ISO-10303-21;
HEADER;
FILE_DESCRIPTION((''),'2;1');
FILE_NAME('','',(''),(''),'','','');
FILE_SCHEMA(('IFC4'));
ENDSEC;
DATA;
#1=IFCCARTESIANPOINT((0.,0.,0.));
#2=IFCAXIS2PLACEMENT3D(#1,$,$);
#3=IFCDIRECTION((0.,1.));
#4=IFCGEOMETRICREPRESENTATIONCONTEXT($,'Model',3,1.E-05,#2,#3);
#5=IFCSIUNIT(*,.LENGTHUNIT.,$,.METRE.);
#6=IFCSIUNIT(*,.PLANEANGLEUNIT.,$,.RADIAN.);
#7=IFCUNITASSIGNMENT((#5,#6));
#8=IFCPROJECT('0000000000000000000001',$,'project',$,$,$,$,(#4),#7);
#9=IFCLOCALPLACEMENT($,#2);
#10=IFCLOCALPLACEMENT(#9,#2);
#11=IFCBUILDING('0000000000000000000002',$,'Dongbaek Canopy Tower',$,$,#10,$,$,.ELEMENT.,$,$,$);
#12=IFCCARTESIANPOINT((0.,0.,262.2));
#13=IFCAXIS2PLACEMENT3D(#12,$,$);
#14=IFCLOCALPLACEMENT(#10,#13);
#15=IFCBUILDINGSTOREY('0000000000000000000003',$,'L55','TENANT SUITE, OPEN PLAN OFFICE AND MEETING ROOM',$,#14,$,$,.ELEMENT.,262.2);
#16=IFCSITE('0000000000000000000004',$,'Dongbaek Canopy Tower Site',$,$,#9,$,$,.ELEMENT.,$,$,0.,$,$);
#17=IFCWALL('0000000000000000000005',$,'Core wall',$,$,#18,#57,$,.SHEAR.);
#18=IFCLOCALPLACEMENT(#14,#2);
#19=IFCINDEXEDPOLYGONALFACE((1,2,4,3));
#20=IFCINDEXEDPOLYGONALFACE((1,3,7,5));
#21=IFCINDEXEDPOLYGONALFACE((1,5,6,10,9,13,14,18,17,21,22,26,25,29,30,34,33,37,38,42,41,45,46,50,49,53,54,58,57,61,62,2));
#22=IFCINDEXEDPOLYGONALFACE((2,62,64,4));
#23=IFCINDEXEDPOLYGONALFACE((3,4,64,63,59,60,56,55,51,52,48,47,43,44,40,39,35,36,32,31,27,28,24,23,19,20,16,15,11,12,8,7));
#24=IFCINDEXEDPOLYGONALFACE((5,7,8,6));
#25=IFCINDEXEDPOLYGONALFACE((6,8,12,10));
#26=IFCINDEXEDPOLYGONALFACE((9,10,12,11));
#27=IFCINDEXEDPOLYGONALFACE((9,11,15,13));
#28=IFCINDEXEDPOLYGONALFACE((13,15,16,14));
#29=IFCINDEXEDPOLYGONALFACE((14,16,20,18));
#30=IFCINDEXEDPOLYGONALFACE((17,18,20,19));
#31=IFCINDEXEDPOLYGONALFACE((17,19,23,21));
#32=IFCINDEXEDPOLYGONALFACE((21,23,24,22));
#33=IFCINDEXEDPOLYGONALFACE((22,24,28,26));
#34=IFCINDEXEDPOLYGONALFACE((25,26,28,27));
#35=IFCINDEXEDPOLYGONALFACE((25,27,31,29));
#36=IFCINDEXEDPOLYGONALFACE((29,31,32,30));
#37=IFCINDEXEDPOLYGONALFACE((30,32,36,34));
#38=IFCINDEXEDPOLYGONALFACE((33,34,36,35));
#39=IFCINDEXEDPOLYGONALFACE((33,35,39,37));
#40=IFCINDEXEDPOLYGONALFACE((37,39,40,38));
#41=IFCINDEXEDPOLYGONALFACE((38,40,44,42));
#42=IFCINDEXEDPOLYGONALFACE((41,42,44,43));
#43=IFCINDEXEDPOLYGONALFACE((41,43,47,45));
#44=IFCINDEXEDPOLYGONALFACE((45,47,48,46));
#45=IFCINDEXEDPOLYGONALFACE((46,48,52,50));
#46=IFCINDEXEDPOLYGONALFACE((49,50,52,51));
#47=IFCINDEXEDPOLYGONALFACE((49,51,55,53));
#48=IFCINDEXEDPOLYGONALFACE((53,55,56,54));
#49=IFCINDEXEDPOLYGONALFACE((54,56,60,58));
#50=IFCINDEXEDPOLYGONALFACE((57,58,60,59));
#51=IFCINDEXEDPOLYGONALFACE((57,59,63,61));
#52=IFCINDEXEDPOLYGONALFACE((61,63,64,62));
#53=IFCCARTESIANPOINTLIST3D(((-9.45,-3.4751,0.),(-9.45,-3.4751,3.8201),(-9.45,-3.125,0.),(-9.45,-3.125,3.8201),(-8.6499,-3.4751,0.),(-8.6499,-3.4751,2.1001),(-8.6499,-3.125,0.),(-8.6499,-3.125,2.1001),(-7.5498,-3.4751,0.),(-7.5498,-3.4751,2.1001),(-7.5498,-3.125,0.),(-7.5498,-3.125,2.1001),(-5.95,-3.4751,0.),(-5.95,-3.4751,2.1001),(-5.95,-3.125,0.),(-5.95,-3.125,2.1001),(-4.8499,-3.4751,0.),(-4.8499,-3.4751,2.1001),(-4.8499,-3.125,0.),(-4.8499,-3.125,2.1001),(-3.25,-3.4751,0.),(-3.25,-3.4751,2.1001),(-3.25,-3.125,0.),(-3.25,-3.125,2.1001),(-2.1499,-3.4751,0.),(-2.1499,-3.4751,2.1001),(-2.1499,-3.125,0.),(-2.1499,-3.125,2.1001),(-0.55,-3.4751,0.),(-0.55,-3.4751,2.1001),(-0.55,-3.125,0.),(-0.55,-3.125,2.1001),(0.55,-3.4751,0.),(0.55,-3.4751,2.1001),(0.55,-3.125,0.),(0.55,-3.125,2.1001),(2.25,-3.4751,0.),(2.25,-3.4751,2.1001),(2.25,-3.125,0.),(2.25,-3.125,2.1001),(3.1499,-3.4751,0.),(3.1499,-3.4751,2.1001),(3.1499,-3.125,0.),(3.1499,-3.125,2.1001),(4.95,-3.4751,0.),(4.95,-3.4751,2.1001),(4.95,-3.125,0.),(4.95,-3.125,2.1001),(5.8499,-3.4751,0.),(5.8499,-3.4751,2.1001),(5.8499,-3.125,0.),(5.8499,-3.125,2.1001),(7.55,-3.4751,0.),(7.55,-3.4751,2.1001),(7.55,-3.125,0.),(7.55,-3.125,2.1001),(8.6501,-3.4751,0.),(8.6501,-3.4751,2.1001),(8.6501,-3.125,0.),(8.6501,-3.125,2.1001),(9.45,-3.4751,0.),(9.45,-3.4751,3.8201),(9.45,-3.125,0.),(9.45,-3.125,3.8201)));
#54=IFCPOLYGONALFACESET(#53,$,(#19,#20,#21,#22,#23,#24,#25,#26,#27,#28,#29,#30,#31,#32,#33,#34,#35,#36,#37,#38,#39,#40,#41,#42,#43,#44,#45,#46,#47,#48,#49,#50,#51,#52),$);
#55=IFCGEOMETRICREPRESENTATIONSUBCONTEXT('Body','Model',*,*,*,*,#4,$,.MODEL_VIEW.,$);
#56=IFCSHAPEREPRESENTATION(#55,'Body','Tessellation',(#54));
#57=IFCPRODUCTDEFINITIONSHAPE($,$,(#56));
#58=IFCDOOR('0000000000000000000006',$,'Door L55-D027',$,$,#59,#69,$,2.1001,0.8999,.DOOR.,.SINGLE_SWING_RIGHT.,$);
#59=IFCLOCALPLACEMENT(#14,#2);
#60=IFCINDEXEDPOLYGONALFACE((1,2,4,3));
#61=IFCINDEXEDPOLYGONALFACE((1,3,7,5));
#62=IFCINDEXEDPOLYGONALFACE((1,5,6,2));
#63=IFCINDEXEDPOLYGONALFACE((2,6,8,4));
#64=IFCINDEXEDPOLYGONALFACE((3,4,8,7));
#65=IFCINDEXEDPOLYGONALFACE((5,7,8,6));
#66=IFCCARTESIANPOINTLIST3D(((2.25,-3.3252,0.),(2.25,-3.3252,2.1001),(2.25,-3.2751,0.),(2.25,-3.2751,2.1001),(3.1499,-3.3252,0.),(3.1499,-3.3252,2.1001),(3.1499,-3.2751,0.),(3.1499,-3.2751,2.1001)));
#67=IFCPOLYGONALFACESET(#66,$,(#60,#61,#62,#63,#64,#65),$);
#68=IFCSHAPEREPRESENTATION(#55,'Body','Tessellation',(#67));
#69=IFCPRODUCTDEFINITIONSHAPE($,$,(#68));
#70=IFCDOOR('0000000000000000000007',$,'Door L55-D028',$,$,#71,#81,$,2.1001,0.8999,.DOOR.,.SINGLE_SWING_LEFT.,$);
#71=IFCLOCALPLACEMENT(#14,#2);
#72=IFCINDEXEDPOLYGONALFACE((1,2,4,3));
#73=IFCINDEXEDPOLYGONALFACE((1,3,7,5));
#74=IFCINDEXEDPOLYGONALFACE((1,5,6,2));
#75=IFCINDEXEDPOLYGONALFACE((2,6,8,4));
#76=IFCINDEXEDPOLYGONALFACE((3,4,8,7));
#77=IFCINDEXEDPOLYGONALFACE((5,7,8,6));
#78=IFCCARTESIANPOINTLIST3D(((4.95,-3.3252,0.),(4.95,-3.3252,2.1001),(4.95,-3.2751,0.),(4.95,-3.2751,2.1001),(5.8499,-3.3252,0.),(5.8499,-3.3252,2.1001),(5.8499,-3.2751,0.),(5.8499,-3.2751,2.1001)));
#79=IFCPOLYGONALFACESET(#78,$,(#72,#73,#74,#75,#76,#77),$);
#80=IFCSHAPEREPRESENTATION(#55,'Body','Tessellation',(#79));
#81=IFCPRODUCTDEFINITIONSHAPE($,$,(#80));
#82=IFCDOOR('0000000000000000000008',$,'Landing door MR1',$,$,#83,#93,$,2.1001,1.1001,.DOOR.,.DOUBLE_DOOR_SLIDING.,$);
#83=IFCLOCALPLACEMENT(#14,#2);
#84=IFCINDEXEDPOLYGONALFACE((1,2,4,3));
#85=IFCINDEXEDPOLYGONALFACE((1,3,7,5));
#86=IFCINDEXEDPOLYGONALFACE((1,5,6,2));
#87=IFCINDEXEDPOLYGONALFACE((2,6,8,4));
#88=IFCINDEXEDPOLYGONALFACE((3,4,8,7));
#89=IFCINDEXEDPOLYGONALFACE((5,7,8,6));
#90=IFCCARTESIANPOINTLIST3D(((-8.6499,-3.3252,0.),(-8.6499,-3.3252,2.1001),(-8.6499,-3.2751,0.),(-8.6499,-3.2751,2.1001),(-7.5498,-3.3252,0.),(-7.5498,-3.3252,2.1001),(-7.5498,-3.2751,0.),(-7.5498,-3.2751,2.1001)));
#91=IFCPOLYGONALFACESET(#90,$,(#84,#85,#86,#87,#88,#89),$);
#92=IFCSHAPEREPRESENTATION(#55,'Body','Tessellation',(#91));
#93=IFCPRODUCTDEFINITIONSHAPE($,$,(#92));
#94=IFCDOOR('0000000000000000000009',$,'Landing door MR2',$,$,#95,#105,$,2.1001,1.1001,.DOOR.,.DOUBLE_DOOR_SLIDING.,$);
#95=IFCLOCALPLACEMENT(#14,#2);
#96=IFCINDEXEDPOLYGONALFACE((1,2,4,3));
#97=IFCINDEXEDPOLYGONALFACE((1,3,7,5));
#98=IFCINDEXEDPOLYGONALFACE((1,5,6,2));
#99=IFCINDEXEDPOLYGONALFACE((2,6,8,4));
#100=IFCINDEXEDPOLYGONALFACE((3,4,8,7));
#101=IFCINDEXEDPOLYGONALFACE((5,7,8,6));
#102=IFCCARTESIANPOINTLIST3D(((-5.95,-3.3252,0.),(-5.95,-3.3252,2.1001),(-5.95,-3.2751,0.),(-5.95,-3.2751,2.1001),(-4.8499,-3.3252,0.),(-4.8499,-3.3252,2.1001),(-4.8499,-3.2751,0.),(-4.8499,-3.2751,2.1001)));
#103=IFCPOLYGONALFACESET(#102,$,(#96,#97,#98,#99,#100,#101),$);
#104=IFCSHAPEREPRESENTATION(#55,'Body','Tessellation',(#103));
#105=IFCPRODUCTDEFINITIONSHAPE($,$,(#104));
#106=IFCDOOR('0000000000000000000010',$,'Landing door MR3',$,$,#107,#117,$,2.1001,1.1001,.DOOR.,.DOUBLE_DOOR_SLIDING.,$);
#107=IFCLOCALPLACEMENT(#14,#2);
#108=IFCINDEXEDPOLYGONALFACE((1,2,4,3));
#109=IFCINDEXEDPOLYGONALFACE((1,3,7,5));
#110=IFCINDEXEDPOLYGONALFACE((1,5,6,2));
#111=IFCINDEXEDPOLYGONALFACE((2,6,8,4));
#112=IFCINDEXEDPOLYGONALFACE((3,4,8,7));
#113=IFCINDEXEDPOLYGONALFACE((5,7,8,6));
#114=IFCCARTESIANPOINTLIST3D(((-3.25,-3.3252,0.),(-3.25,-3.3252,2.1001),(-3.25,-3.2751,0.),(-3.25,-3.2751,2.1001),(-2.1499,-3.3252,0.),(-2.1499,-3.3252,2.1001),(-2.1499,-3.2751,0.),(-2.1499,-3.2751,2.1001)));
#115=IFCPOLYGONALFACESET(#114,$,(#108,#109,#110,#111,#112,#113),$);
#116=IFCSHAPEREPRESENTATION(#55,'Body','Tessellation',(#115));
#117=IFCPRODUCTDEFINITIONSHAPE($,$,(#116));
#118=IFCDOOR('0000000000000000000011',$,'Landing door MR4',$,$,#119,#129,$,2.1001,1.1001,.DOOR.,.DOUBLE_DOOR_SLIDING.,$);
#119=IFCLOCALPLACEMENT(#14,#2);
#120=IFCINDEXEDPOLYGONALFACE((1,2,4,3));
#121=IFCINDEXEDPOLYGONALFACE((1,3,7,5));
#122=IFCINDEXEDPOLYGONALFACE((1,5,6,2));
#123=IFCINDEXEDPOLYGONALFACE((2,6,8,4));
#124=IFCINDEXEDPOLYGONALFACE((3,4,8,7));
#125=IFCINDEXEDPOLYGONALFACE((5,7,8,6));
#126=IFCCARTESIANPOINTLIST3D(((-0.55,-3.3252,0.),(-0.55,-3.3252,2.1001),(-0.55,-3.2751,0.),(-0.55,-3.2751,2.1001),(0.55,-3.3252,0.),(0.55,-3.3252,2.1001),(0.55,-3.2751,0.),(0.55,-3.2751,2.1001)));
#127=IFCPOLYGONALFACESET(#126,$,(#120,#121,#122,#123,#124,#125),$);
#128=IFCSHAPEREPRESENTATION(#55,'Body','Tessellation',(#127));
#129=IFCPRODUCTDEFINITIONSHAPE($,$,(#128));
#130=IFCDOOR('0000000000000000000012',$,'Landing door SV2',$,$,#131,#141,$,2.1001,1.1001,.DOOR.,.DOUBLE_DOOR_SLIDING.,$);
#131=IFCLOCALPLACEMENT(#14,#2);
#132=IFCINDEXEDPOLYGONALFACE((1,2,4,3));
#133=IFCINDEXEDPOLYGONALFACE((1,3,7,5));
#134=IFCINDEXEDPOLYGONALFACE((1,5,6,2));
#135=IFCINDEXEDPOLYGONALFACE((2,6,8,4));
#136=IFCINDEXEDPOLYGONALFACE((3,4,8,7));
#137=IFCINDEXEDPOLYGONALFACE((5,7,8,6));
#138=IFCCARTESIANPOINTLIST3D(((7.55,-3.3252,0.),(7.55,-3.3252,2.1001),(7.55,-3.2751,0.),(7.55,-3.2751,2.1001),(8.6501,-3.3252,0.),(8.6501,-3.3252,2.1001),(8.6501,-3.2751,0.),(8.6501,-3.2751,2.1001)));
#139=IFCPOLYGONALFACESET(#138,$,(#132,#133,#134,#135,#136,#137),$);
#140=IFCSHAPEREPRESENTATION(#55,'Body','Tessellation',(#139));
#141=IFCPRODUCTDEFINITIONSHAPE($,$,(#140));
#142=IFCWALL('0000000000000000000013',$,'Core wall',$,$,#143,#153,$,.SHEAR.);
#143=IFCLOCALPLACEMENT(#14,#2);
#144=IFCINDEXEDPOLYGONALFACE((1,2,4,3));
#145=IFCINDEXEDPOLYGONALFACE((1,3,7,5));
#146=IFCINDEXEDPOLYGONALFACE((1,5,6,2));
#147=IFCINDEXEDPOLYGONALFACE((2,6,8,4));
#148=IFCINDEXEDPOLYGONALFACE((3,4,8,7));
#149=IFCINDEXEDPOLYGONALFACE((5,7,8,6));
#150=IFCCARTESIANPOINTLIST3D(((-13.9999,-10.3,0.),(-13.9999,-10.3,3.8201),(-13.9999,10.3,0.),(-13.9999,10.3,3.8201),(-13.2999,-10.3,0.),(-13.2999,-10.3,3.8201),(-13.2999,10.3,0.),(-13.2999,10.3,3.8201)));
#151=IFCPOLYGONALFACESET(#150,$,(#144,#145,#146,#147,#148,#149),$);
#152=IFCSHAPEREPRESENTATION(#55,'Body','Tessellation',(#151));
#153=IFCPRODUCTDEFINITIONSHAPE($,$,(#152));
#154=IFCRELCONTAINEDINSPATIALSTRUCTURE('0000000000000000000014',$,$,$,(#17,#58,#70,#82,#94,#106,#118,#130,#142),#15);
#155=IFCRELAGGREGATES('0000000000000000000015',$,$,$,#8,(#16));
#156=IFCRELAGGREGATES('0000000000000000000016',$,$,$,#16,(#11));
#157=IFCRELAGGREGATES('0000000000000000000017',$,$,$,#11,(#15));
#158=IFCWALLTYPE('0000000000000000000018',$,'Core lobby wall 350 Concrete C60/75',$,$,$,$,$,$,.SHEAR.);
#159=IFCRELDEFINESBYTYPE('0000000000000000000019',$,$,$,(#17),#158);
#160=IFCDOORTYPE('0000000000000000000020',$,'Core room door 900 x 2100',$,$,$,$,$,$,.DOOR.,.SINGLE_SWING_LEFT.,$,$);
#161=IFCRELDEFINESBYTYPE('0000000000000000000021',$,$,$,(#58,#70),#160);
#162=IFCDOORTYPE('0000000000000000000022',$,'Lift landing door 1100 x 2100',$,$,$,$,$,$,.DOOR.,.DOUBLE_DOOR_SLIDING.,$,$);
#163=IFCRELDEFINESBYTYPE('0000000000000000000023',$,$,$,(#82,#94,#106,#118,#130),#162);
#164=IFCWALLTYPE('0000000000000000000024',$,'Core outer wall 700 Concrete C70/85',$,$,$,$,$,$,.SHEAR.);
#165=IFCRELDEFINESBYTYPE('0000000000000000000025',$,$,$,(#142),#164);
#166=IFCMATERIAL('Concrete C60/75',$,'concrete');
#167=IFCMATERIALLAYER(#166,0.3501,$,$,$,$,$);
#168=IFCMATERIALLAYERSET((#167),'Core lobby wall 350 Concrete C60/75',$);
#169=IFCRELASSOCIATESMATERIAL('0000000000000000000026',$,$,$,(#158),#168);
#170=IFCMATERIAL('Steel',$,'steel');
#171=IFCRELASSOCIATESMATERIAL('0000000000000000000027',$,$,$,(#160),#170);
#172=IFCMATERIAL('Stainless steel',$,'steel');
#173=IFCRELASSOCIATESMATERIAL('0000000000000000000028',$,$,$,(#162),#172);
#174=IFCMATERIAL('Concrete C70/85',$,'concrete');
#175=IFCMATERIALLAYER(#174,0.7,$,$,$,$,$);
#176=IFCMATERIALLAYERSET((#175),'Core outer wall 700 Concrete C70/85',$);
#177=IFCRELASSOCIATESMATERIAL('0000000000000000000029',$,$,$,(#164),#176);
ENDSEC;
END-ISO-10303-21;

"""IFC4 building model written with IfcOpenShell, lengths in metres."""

from ifc_helpers import new_model, si_unit, direction, frame, frame_2d, origin, place, context, subcontext, project, spatial, rectangle, extrude, material, layer, layer_set, type_object, element, fill, save


model = new_model("IFC4")

# Units and contexts
model_context = context("Model", 3, precision=1e-05, world=origin(), true_north=direction((0.0, 1.0)))
body_context = subcontext(model_context, "Body", "Model", "MODEL_VIEW")
ifc_project = project(units=[si_unit("LENGTHUNIT", "METRE"), si_unit("PLANEANGLEUNIT", "RADIAN")], contexts=[model_context])

# Site, building, storey
site_placement = place(None, origin())
site = spatial("IfcSite", under=ifc_project, at=site_placement, Name="Dongbaek Canopy Tower Site", CompositionType="ELEMENT", RefElevation=0.0)
building_placement = place(site_placement, origin())
building = spatial("IfcBuilding", under=site, at=building_placement, Name="Dongbaek Canopy Tower", CompositionType="ELEMENT")
storey_placement = place(building_placement, frame((0.0, 0.0, 262.2)))
storey = spatial("IfcBuildingStorey", under=building, at=storey_placement, Name="L55", Description="TENANT SUITE, OPEN PLAN OFFICE AND MEETING ROOM", CompositionType="ELEMENT", Elevation=262.2)

# Wall, openings, doors
ifc_material_1 = material(Name="Concrete C60/75", Category="concrete")
ifc_layer_1 = layer(ifc_material_1, 0.3501)
ifc_layer_set_1 = layer_set([ifc_layer_1], Name="Core lobby wall 350 Concrete C60/75")
wall_type_1 = type_object("IfcWallType", Name="Core lobby wall 350 Concrete C60/75", PredefinedType="SHEAR", material=ifc_layer_set_1)
wall_1_placement = place(storey_placement, frame((-9.45, -3.3, 0.0), z_axis=(0.0, 0.0, 1.0), x_axis=(1.0, 0.0, 0.0)))
wall_1 = element("IfcWall", 1, at=wall_1_placement, inside=storey, type_object=wall_type_1, Name="Core wall", PredefinedType="SHEAR", context=body_context, shape_type="SweptSolid", body=[
    extrude(rectangle(XDim=18.8999, YDim=0.3501, at=frame_2d((9.45, 0.0))), origin(), (0.0, 0.0, 1.0), 3.8201),
])
opening_1_placement = place(wall_1_placement, frame((0.8, 0.0, 0.0)))
opening_1 = element("IfcOpeningElement", 2, at=opening_1_placement, cuts=wall_1, PredefinedType="OPENING", context=body_context, shape_type="SweptSolid", body=[
    extrude(rectangle(XDim=1.1001, YDim=2.1001, at=frame_2d((0.55, 1.05))), frame((0.0, 0.1851, 0.0), z_axis=(0.0, -1.0, 0.0), x_axis=(1.0, 0.0, 0.0)), (0.0, 0.0, 1.0), 0.3701),
])
opening_2_placement = place(wall_1_placement, frame((3.5, 0.0, 0.0)))
opening_2 = element("IfcOpeningElement", 3, at=opening_2_placement, cuts=wall_1, PredefinedType="OPENING", context=body_context, shape_type="SweptSolid", body=[
    extrude(rectangle(XDim=1.1001, YDim=2.1001, at=frame_2d((0.55, 1.05))), frame((0.0, 0.1851, 0.0), z_axis=(0.0, -1.0, 0.0), x_axis=(1.0, 0.0, 0.0)), (0.0, 0.0, 1.0), 0.3701),
])
opening_3_placement = place(wall_1_placement, frame((6.2, 0.0, 0.0)))
opening_3 = element("IfcOpeningElement", 4, at=opening_3_placement, cuts=wall_1, PredefinedType="OPENING", context=body_context, shape_type="SweptSolid", body=[
    extrude(rectangle(XDim=1.1001, YDim=2.1001, at=frame_2d((0.55, 1.05))), frame((0.0, 0.1851, 0.0), z_axis=(0.0, -1.0, 0.0), x_axis=(1.0, 0.0, 0.0)), (0.0, 0.0, 1.0), 0.3701),
])
opening_4_placement = place(wall_1_placement, frame((8.8999, 0.0, 0.0)))
opening_4 = element("IfcOpeningElement", 5, at=opening_4_placement, cuts=wall_1, PredefinedType="OPENING", context=body_context, shape_type="SweptSolid", body=[
    extrude(rectangle(XDim=1.1001, YDim=2.1001, at=frame_2d((0.55, 1.05))), frame((0.0, 0.1851, 0.0), z_axis=(0.0, -1.0, 0.0), x_axis=(1.0, 0.0, 0.0)), (0.0, 0.0, 1.0), 0.3701),
])
opening_5_placement = place(wall_1_placement, frame((17.0, 0.0, 0.0)))
opening_5 = element("IfcOpeningElement", 6, at=opening_5_placement, cuts=wall_1, PredefinedType="OPENING", context=body_context, shape_type="SweptSolid", body=[
    extrude(rectangle(XDim=1.1001, YDim=2.1001, at=frame_2d((0.55, 1.05))), frame((0.0, 0.1851, 0.0), z_axis=(0.0, -1.0, 0.0), x_axis=(1.0, 0.0, 0.0)), (0.0, 0.0, 1.0), 0.3701),
])
opening_6_placement = place(wall_1_placement, frame((11.7, 0.0, 0.0)))
opening_6 = element("IfcOpeningElement", 7, at=opening_6_placement, cuts=wall_1, PredefinedType="OPENING", context=body_context, shape_type="SweptSolid", body=[
    extrude(rectangle(XDim=0.8999, YDim=2.1001, at=frame_2d((0.45, 1.05))), frame((0.0, 0.1851, 0.0), z_axis=(0.0, -1.0, 0.0), x_axis=(1.0, 0.0, 0.0)), (0.0, 0.0, 1.0), 0.3701),
])
opening_7_placement = place(wall_1_placement, frame((14.3999, 0.0, 0.0)))
opening_7 = element("IfcOpeningElement", 8, at=opening_7_placement, cuts=wall_1, PredefinedType="OPENING", context=body_context, shape_type="SweptSolid", body=[
    extrude(rectangle(XDim=0.8999, YDim=2.1001, at=frame_2d((0.45, 1.05))), frame((0.0, 0.1851, 0.0), z_axis=(0.0, -1.0, 0.0), x_axis=(1.0, 0.0, 0.0)), (0.0, 0.0, 1.0), 0.3701),
])
ifc_material_2 = material(Name="Steel", Category="steel")
door_type_1 = type_object("IfcDoorType", Name="Core room door 900 x 2100", OperationType="SINGLE_SWING_LEFT", PredefinedType="DOOR", material=ifc_material_2)
door_1_placement = place(opening_6_placement, origin())
door_1 = element("IfcDoor", 9, at=door_1_placement, inside=storey, type_object=door_type_1, Name="Door L55-D027", OperationType="SINGLE_SWING_RIGHT", OverallHeight=2.1001, OverallWidth=0.8999, PredefinedType="DOOR", context=body_context, shape_type="SweptSolid", body=[
    extrude(rectangle(XDim=0.8999, YDim=2.1001, at=frame_2d((0.45, 1.05))), frame((0.0, 0.0249, 0.0), z_axis=(0.0, -1.0, 0.0), x_axis=(1.0, 0.0, 0.0)), (0.0, 0.0, 1.0), 0.05),
])
fill(opening_6, door_1)
door_2_placement = place(opening_7_placement, origin())
door_2 = element("IfcDoor", 10, at=door_2_placement, inside=storey, type_object=door_type_1, Name="Door L55-D028", OperationType="SINGLE_SWING_LEFT", OverallHeight=2.1001, OverallWidth=0.8999, PredefinedType="DOOR", context=body_context, shape_type="SweptSolid", body=[
    extrude(rectangle(XDim=0.8999, YDim=2.1001, at=frame_2d((0.45, 1.05))), frame((0.0, 0.0249, 0.0), z_axis=(0.0, -1.0, 0.0), x_axis=(1.0, 0.0, 0.0)), (0.0, 0.0, 1.0), 0.05),
])
fill(opening_7, door_2)
ifc_material_3 = material(Name="Stainless steel", Category="steel")
door_type_2 = type_object("IfcDoorType", Name="Lift landing door 1100 x 2100", OperationType="DOUBLE_DOOR_SLIDING", PredefinedType="DOOR", material=ifc_material_3)
door_3_placement = place(opening_1_placement, origin())
door_3 = element("IfcDoor", 11, at=door_3_placement, inside=storey, type_object=door_type_2, Name="Landing door MR1", OperationType="DOUBLE_DOOR_SLIDING", OverallHeight=2.1001, OverallWidth=1.1001, PredefinedType="DOOR", context=body_context, shape_type="SweptSolid", body=[
    extrude(rectangle(XDim=1.1001, YDim=2.1001, at=frame_2d((0.55, 1.05))), frame((0.0, 0.0249, 0.0), z_axis=(0.0, -1.0, 0.0), x_axis=(1.0, 0.0, 0.0)), (0.0, 0.0, 1.0), 0.05),
])
fill(opening_1, door_3)
door_4_placement = place(opening_2_placement, origin())
door_4 = element("IfcDoor", 12, at=door_4_placement, inside=storey, type_object=door_type_2, Name="Landing door MR2", OperationType="DOUBLE_DOOR_SLIDING", OverallHeight=2.1001, OverallWidth=1.1001, PredefinedType="DOOR", context=body_context, shape_type="SweptSolid", body=[
    extrude(rectangle(XDim=1.1001, YDim=2.1001, at=frame_2d((0.55, 1.05))), frame((0.0, 0.0249, 0.0), z_axis=(0.0, -1.0, 0.0), x_axis=(1.0, 0.0, 0.0)), (0.0, 0.0, 1.0), 0.05),
])
fill(opening_2, door_4)
door_5_placement = place(opening_3_placement, origin())
door_5 = element("IfcDoor", 13, at=door_5_placement, inside=storey, type_object=door_type_2, Name="Landing door MR3", OperationType="DOUBLE_DOOR_SLIDING", OverallHeight=2.1001, OverallWidth=1.1001, PredefinedType="DOOR", context=body_context, shape_type="SweptSolid", body=[
    extrude(rectangle(XDim=1.1001, YDim=2.1001, at=frame_2d((0.55, 1.05))), frame((0.0, 0.0249, 0.0), z_axis=(0.0, -1.0, 0.0), x_axis=(1.0, 0.0, 0.0)), (0.0, 0.0, 1.0), 0.05),
])
fill(opening_3, door_5)
door_6_placement = place(opening_4_placement, origin())
door_6 = element("IfcDoor", 14, at=door_6_placement, inside=storey, type_object=door_type_2, Name="Landing door MR4", OperationType="DOUBLE_DOOR_SLIDING", OverallHeight=2.1001, OverallWidth=1.1001, PredefinedType="DOOR", context=body_context, shape_type="SweptSolid", body=[
    extrude(rectangle(XDim=1.1001, YDim=2.1001, at=frame_2d((0.55, 1.05))), frame((0.0, 0.0249, 0.0), z_axis=(0.0, -1.0, 0.0), x_axis=(1.0, 0.0, 0.0)), (0.0, 0.0, 1.0), 0.05),
])
fill(opening_4, door_6)
door_7_placement = place(opening_5_placement, origin())
door_7 = element("IfcDoor", 15, at=door_7_placement, inside=storey, type_object=door_type_2, Name="Landing door SV2", OperationType="DOUBLE_DOOR_SLIDING", OverallHeight=2.1001, OverallWidth=1.1001, PredefinedType="DOOR", context=body_context, shape_type="SweptSolid", body=[
    extrude(rectangle(XDim=1.1001, YDim=2.1001, at=frame_2d((0.55, 1.05))), frame((0.0, 0.0249, 0.0), z_axis=(0.0, -1.0, 0.0), x_axis=(1.0, 0.0, 0.0)), (0.0, 0.0, 1.0), 0.05),
])
fill(opening_5, door_7)

# Wall
ifc_material_4 = material(Name="Concrete C70/85", Category="concrete")
ifc_layer_2 = layer(ifc_material_4, 0.7)
ifc_layer_set_2 = layer_set([ifc_layer_2], Name="Core outer wall 700 Concrete C70/85")
wall_type_2 = type_object("IfcWallType", Name="Core outer wall 700 Concrete C70/85", PredefinedType="SHEAR", material=ifc_layer_set_2)
wall_2_placement = place(storey_placement, frame((-13.6499, -10.3, 0.0), z_axis=(0.0, 0.0, 1.0), x_axis=(0.0, 1.0, 0.0)))
element("IfcWall", 16, at=wall_2_placement, inside=storey, type_object=wall_type_2, Name="Core wall", PredefinedType="SHEAR", context=body_context, shape_type="SweptSolid", body=[
    extrude(rectangle(XDim=20.6001, YDim=0.7, at=frame_2d((10.3, 0.0))), origin(), (0.0, 0.0, 1.0), 3.8201),
])

save(model, "model.ifc")
